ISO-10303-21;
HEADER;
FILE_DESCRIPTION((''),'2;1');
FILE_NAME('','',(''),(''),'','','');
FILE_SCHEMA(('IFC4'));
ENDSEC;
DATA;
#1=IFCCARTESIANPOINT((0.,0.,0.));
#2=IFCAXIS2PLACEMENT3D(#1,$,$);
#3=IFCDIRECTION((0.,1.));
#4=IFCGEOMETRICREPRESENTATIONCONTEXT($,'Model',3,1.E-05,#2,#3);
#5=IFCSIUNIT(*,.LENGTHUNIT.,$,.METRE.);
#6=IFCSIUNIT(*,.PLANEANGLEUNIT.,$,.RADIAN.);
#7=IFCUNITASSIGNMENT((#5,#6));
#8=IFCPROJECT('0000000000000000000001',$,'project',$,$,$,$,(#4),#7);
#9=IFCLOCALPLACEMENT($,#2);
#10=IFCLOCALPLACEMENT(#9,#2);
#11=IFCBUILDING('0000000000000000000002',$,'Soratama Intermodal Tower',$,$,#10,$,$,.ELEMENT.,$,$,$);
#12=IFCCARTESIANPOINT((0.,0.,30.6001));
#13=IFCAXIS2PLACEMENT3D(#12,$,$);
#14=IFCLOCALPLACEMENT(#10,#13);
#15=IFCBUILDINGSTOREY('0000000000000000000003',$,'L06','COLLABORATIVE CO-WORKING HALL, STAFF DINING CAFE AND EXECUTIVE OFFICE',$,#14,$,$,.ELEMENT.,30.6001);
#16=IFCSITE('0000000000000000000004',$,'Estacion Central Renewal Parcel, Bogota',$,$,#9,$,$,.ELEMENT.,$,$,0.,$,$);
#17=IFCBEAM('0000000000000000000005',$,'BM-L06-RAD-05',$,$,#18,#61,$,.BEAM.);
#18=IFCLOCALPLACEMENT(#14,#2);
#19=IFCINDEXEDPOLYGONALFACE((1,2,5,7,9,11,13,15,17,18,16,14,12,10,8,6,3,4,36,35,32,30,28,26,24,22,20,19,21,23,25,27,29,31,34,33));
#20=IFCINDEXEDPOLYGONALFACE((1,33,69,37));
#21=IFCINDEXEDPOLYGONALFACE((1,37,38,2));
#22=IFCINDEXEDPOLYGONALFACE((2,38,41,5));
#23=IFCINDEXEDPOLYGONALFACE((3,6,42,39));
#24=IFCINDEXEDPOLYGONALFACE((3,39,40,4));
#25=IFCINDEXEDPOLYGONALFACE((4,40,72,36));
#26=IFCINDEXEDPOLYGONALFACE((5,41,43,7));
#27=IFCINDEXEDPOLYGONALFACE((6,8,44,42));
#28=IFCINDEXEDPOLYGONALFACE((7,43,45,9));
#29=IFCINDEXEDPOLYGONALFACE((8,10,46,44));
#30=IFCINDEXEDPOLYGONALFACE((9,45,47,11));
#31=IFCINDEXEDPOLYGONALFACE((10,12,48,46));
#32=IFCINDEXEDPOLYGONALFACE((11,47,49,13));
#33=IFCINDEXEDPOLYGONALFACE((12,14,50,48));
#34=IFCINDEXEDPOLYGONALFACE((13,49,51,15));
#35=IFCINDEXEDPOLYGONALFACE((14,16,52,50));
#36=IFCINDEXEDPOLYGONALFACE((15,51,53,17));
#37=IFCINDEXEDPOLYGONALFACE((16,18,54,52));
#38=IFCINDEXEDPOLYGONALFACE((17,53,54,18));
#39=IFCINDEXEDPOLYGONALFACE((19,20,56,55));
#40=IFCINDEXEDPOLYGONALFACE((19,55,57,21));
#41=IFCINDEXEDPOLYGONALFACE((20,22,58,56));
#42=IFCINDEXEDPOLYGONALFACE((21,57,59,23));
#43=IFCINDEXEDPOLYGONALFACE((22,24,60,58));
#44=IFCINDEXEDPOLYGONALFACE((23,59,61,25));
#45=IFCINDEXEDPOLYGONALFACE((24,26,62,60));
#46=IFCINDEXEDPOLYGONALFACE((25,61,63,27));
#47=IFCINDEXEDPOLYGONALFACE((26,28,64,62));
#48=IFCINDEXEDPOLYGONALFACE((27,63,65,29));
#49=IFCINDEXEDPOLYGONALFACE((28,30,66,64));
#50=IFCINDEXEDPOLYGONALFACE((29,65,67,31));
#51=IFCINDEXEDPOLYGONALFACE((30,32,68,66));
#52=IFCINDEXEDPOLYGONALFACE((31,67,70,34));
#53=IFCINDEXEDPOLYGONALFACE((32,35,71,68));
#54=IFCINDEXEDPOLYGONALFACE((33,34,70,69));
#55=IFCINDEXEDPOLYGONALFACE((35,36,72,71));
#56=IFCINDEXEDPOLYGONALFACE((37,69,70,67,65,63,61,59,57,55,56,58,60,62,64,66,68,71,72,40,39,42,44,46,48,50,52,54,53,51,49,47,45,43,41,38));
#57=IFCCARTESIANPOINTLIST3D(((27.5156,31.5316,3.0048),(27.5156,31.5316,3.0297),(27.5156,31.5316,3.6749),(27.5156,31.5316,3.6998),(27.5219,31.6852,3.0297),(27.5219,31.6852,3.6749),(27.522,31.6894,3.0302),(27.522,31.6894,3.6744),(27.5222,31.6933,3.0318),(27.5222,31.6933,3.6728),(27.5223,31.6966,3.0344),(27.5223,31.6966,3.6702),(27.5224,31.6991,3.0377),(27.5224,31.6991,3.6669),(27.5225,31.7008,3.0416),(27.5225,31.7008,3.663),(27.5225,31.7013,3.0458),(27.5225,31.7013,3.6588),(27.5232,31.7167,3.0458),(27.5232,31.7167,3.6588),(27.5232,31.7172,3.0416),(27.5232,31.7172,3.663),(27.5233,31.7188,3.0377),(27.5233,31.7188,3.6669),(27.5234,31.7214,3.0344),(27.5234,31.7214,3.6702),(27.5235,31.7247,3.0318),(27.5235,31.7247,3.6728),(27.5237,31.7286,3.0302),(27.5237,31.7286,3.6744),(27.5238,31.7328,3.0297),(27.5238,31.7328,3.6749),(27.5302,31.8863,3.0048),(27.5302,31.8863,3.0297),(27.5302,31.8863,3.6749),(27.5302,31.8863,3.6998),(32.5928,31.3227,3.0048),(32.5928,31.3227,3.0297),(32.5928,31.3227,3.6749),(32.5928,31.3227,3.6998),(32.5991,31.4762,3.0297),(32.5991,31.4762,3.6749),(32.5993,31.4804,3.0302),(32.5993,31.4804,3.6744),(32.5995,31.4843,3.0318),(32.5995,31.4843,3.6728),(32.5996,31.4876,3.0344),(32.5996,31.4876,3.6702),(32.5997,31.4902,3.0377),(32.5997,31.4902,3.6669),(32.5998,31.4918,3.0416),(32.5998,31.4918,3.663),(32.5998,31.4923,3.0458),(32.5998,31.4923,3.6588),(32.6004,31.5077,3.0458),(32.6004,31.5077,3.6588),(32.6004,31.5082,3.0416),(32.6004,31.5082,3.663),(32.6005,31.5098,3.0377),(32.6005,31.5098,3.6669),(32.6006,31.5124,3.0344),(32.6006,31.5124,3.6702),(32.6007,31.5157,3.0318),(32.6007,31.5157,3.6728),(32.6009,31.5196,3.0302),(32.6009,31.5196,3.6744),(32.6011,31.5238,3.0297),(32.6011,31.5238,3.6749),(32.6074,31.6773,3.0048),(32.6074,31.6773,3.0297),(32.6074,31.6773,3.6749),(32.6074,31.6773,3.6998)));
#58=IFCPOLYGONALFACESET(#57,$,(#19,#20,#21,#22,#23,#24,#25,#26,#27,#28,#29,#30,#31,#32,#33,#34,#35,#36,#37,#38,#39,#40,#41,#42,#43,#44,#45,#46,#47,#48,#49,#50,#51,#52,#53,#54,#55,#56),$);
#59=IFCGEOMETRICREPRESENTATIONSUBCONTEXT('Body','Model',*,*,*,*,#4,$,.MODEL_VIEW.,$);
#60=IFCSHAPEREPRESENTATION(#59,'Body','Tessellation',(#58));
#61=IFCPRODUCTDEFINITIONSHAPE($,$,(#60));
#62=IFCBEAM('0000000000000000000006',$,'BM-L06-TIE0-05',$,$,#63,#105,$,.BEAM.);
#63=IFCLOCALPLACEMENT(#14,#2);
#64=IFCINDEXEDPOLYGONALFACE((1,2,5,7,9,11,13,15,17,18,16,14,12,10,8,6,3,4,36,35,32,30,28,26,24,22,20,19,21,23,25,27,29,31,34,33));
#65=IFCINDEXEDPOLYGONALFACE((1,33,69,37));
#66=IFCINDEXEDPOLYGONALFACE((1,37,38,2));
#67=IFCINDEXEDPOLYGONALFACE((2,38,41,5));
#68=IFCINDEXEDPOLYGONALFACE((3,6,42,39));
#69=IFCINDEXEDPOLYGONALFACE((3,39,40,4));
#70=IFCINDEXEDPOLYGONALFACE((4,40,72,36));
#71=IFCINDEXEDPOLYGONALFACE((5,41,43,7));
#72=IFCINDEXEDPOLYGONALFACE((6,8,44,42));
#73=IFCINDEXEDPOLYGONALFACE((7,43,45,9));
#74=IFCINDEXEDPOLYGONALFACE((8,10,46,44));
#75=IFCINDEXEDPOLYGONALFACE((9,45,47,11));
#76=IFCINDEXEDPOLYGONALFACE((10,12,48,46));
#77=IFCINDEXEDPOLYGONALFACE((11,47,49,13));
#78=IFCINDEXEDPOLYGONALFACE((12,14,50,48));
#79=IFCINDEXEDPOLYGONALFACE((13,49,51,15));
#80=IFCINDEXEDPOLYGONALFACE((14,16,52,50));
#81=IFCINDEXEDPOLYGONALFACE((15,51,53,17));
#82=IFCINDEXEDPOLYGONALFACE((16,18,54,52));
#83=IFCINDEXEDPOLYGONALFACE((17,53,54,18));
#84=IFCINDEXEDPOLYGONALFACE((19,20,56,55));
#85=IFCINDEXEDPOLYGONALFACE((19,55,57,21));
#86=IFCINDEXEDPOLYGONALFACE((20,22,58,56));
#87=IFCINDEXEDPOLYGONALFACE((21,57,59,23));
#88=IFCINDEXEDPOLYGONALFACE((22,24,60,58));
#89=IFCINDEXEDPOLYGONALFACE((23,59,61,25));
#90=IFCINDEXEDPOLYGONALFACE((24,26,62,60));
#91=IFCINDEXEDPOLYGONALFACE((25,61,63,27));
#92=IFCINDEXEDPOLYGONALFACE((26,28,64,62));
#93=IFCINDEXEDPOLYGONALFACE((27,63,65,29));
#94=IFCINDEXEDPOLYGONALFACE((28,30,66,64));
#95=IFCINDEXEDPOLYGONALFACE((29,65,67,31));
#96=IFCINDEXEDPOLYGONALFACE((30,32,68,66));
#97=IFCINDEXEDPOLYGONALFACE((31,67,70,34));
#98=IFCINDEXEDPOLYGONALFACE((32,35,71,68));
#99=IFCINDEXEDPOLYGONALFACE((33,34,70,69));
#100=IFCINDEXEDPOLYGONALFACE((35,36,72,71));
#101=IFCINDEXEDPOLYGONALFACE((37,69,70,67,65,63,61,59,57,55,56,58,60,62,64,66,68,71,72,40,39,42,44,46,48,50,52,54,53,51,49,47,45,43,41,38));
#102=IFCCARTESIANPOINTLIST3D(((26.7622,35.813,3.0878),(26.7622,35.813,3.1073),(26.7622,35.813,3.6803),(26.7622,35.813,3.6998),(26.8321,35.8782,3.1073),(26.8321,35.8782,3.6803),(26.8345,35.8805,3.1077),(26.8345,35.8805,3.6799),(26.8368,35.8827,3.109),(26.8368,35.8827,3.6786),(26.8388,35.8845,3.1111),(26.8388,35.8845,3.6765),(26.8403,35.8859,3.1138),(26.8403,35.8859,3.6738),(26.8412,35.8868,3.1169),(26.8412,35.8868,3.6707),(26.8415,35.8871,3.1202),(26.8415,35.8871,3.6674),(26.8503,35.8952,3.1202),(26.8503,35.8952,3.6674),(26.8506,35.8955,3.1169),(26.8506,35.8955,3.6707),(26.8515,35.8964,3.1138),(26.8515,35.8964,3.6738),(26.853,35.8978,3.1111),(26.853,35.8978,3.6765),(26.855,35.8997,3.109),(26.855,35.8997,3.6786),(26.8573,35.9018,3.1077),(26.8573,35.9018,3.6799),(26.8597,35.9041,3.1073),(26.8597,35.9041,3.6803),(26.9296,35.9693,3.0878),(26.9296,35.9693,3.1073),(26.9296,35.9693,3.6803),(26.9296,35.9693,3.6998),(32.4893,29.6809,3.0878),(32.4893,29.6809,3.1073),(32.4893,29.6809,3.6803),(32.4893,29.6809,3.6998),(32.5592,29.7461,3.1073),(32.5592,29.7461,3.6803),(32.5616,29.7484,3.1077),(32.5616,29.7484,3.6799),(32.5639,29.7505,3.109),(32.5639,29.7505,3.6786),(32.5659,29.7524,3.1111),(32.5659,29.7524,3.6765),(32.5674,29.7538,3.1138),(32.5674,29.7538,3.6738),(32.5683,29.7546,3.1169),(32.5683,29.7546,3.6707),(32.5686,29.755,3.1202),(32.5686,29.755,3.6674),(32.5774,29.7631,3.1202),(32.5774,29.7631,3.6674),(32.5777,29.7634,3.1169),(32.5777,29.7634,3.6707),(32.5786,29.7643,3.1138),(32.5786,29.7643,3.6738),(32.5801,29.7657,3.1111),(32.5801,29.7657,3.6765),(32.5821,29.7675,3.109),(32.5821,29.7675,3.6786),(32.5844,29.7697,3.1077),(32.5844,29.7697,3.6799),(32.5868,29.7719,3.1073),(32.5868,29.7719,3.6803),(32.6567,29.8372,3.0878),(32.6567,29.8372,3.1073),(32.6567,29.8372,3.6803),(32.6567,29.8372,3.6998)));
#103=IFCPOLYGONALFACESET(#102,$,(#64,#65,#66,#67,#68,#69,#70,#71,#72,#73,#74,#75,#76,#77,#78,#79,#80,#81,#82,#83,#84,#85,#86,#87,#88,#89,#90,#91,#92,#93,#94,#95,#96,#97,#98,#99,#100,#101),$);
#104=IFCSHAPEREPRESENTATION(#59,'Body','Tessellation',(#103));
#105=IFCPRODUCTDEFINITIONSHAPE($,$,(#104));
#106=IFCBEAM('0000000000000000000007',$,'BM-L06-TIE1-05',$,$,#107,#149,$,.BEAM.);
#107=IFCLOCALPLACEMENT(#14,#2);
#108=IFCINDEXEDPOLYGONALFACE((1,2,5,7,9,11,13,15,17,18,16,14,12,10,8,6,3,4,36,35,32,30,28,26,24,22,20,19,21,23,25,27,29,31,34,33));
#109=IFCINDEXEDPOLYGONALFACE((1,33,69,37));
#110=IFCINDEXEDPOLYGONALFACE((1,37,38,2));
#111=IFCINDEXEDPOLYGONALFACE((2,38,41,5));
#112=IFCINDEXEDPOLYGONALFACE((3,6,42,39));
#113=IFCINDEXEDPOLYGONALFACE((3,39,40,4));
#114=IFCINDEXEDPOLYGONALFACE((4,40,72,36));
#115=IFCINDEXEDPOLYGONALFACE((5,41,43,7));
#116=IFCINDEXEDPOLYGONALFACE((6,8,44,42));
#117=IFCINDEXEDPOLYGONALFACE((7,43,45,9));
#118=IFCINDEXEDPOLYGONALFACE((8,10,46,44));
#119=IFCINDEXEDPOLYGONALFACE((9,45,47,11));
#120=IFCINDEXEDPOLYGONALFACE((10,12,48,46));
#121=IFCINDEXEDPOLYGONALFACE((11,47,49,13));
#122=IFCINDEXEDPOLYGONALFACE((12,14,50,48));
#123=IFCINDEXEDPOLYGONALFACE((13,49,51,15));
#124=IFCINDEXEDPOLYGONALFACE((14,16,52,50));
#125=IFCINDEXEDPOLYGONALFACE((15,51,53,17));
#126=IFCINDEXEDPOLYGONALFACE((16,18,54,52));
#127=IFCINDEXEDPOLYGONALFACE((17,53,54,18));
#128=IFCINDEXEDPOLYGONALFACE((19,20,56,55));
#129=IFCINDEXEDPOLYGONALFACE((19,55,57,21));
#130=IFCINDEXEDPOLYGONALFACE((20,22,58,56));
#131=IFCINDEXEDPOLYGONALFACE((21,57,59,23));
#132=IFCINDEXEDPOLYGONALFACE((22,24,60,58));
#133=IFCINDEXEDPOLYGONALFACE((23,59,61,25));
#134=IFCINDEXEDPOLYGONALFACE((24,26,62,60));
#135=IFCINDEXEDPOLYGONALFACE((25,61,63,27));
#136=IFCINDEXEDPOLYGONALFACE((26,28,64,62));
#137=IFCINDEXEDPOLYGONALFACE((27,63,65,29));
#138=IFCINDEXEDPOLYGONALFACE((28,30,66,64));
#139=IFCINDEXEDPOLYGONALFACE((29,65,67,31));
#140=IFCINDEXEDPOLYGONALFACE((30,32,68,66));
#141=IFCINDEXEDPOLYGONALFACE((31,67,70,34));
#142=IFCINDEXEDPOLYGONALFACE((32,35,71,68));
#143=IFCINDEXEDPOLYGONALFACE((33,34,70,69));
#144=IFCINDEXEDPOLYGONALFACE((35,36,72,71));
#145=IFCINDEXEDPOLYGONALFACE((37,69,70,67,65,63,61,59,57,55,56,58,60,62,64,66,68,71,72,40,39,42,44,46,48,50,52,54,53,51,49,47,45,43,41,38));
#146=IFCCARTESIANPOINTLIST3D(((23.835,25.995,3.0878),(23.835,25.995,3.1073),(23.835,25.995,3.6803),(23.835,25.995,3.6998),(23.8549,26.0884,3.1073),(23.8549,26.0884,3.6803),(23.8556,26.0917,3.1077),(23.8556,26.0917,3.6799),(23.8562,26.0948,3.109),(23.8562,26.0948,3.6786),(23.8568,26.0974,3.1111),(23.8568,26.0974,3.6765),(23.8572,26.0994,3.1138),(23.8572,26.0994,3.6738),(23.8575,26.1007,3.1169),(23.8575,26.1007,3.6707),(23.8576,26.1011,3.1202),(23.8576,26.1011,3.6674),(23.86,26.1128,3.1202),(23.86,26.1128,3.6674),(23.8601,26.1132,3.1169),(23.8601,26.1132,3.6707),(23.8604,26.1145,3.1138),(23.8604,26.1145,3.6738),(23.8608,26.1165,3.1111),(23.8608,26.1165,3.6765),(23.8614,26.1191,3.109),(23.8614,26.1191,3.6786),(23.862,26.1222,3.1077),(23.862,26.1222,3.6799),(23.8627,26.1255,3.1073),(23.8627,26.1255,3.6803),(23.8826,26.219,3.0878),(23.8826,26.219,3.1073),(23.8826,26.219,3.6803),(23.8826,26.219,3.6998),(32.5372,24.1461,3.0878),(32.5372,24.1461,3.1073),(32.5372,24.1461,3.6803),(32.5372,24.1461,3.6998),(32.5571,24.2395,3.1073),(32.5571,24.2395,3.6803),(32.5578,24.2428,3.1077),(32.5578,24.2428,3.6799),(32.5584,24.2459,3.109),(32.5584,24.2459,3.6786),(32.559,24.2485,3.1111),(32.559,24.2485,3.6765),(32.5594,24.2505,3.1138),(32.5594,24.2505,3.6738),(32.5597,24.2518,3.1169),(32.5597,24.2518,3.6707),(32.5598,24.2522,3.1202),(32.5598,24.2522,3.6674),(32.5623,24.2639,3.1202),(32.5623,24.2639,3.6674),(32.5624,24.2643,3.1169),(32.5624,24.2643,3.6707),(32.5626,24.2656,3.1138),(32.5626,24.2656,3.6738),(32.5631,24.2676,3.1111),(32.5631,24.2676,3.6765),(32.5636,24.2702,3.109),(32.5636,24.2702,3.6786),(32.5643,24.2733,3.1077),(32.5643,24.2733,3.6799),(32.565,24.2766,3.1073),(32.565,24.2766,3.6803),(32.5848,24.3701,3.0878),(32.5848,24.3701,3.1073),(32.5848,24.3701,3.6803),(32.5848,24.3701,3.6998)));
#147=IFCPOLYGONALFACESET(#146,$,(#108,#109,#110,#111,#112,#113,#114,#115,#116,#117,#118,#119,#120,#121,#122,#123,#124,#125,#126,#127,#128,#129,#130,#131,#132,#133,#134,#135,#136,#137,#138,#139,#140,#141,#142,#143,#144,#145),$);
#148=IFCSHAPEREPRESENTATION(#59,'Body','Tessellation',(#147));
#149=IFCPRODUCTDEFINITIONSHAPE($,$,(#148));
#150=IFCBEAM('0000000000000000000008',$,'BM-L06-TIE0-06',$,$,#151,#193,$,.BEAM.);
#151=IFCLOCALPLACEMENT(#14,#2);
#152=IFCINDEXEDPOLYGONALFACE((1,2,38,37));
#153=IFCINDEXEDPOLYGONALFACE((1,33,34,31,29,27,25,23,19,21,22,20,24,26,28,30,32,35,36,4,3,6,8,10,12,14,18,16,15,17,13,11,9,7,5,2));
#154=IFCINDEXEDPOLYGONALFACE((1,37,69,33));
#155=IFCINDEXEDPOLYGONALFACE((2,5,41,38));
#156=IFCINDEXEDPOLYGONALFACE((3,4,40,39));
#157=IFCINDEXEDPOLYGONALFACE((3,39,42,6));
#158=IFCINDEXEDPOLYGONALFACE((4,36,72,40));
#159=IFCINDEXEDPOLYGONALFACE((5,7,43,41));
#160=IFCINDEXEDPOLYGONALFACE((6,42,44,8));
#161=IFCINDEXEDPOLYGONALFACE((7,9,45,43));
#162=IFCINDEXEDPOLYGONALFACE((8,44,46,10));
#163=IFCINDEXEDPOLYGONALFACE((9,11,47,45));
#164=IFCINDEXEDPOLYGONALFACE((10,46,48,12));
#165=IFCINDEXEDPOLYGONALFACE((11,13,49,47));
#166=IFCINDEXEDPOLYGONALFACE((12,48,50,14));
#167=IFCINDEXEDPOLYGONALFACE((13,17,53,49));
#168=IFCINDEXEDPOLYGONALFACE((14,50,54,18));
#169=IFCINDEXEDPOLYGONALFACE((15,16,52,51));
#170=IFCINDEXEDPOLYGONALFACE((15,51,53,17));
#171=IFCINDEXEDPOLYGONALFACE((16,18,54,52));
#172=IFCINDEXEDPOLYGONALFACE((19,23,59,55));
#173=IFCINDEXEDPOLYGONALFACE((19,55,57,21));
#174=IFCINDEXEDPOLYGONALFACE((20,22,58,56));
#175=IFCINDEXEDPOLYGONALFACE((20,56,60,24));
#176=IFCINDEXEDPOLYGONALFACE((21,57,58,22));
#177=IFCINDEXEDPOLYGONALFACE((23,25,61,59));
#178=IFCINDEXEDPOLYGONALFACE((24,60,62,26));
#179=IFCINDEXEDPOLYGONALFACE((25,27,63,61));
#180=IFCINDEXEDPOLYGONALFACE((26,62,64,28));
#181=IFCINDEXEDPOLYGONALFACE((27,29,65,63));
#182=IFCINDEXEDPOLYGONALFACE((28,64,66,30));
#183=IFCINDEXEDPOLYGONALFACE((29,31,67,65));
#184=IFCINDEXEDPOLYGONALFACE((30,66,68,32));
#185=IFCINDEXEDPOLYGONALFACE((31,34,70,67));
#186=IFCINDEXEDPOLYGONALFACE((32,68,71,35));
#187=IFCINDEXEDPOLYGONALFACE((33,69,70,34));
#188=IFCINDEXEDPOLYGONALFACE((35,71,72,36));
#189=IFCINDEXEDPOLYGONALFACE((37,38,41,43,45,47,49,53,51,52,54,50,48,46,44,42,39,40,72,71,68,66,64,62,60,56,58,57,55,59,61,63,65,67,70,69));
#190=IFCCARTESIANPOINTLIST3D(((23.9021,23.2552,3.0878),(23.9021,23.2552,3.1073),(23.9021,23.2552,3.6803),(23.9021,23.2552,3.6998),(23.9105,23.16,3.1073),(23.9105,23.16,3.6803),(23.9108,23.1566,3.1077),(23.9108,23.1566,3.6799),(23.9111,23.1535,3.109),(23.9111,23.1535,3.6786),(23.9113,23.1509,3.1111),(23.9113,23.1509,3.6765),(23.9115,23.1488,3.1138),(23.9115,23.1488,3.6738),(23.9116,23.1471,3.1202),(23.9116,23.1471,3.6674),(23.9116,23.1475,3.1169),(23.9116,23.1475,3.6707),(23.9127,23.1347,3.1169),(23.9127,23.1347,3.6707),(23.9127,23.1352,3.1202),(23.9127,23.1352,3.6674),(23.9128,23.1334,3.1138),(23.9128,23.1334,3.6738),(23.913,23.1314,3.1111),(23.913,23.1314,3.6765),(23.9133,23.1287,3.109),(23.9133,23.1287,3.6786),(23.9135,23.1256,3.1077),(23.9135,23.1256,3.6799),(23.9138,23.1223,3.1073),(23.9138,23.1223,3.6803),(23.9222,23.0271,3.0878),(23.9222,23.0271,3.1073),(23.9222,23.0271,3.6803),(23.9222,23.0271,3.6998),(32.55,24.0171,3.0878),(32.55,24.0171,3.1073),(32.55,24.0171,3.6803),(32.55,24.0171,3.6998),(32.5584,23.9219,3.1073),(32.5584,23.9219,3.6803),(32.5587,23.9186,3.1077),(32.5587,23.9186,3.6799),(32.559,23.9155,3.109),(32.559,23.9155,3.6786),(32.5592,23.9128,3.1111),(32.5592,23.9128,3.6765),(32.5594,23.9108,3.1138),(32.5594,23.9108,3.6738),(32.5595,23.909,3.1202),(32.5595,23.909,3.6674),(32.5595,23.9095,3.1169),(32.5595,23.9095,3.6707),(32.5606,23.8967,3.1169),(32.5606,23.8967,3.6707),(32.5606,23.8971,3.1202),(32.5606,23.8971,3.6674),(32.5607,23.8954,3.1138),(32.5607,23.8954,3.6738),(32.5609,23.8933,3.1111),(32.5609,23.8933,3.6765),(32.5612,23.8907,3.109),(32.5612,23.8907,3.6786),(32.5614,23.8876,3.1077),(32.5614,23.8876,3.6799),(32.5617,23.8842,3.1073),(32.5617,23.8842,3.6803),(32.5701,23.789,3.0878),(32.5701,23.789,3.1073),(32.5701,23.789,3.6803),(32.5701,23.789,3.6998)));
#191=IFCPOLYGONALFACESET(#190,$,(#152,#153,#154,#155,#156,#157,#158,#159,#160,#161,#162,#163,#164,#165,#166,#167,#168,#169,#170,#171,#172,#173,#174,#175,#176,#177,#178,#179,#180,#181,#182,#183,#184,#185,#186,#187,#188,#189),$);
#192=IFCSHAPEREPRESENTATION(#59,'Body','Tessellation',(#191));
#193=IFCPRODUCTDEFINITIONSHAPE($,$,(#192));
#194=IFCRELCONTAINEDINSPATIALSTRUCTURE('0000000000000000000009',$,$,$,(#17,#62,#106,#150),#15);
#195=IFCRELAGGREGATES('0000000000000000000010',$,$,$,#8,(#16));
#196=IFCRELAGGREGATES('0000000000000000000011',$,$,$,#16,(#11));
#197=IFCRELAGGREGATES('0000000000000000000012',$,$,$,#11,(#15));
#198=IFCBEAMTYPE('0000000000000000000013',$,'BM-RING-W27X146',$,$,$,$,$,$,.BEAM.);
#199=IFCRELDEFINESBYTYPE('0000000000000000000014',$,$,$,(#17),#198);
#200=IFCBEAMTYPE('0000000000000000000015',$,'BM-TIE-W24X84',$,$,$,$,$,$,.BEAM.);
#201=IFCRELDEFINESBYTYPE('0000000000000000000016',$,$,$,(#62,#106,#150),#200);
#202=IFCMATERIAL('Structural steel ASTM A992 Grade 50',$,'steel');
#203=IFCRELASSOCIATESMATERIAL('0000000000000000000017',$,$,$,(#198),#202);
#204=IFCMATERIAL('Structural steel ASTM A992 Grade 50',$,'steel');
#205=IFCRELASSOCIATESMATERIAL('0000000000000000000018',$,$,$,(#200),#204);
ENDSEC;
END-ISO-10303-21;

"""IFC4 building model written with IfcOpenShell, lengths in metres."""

from ifc_helpers import new_model, si_unit, direction, frame, origin, origin_2d, place, context, subcontext, project, spatial, i_section, extrude, material, material_profile, profile_set, type_object, element, save


model = new_model("IFC4")

# Units and contexts
model_context = context("Model", 3, precision=1e-05, world=origin(), true_north=direction((0.0, 1.0)))
body_context = subcontext(model_context, "Body", "Model", "MODEL_VIEW")
ifc_project = project(units=[si_unit("LENGTHUNIT", "METRE"), si_unit("PLANEANGLEUNIT", "RADIAN")], contexts=[model_context])

# Site, building, storey
site_placement = place(None, origin())
site = spatial("IfcSite", under=ifc_project, at=site_placement, Name="Estacion Central Renewal Parcel, Bogota", CompositionType="ELEMENT", RefElevation=0.0)
building_placement = place(site_placement, origin())
building = spatial("IfcBuilding", under=site, at=building_placement, Name="Soratama Intermodal Tower", CompositionType="ELEMENT")
storey_placement = place(building_placement, frame((0.0, 0.0, 30.6001)))
storey = spatial("IfcBuildingStorey", under=building, at=storey_placement, Name="L06", Description="COLLABORATIVE CO-WORKING HALL, STAFF DINING CAFE AND EXECUTIVE OFFICE", CompositionType="ELEMENT", Elevation=30.6001)

# Beams
ifc_material_1 = material(Name="Structural steel ASTM A992 Grade 50", Category="steel")
ifc_material_profile_1 = material_profile(ifc_material_1, i_section(OverallWidth=0.355, OverallDepth=0.6951, WebThickness=0.0154, FlangeThickness=0.0249, FilletRadius=0.0161, at=origin_2d()), Name="W27X146")
ifc_profile_set_1 = profile_set([ifc_material_profile_1], Name="Structural steel ASTM A992 Grade 50")
beam_type_1 = type_object("IfcBeamType", Name="BM-RING-W27X146", PredefinedType="BEAM", material=ifc_profile_set_1)
beam_1_placement = place(storey_placement, frame((32.6001, 31.5, 3.3523), z_axis=(-0.999154, 0.041127, 0.0), x_axis=(-0.041127, -0.999154, 0.0)))
element("IfcBeam", 1, at=beam_1_placement, inside=storey, type_object=beam_type_1, Name="BM-L06-RAD-05", PredefinedType="BEAM", context=body_context, shape_type="SweptSolid", body=[
    extrude(i_section(OverallWidth=0.355, OverallDepth=0.6951, WebThickness=0.0154, FlangeThickness=0.0249, FilletRadius=0.0161, at=origin_2d()), origin(), (0.0, 0.0, 1.0), 5.0815),
])
ifc_material_2 = material(Name="Structural steel ASTM A992 Grade 50", Category="steel")
ifc_material_profile_2 = material_profile(ifc_material_2, i_section(OverallWidth=0.229, OverallDepth=0.6121, WebThickness=0.012, FlangeThickness=0.0195, FilletRadius=0.0129, at=origin_2d()), Name="W24X84")
ifc_profile_set_2 = profile_set([ifc_material_profile_2], Name="Structural steel ASTM A992 Grade 50")
beam_type_2 = type_object("IfcBeamType", Name="BM-TIE-W24X84", PredefinedType="BEAM", material=ifc_profile_set_2)
beam_2_placement = place(storey_placement, frame((32.573, 29.759, 3.3938), z_axis=(-0.682559, 0.730831, 0.0), x_axis=(-0.730831, -0.682559, 0.0)))
element("IfcBeam", 2, at=beam_2_placement, inside=storey, type_object=beam_type_2, Name="BM-L06-TIE0-05", PredefinedType="BEAM", context=body_context, shape_type="SweptSolid", body=[
    extrude(i_section(OverallWidth=0.229, OverallDepth=0.6121, WebThickness=0.012, FlangeThickness=0.0195, FilletRadius=0.0129, at=origin_2d()), origin(), (0.0, 0.0, 1.0), 8.3906),
])
beam_3_placement = place(storey_placement, frame((32.561, 24.2581, 3.3938), z_axis=(-0.978166, 0.207823, 0.0), x_axis=(-0.207823, -0.978166, 0.0)))
element("IfcBeam", 3, at=beam_3_placement, inside=storey, type_object=beam_type_2, Name="BM-L06-TIE1-05", PredefinedType="BEAM", context=body_context, shape_type="SweptSolid", body=[
    extrude(i_section(OverallWidth=0.229, OverallDepth=0.6121, WebThickness=0.012, FlangeThickness=0.0195, FilletRadius=0.0129, at=origin_2d()), origin(), (0.0, 0.0, 1.0), 8.8965),
])
beam_4_placement = place(storey_placement, frame((32.5601, 23.9031, 3.3938), z_axis=(-0.996141, -0.087769, 0.0), x_axis=(0.087769, -0.996141, 0.0)))
element("IfcBeam", 4, at=beam_4_placement, inside=storey, type_object=beam_type_2, Name="BM-L06-TIE0-06", PredefinedType="BEAM", context=body_context, shape_type="SweptSolid", body=[
    extrude(i_section(OverallWidth=0.229, OverallDepth=0.6121, WebThickness=0.012, FlangeThickness=0.0195, FilletRadius=0.0129, at=origin_2d()), origin(), (0.0, 0.0, 1.0), 8.6814),
])

save(model, "model.ifc")
